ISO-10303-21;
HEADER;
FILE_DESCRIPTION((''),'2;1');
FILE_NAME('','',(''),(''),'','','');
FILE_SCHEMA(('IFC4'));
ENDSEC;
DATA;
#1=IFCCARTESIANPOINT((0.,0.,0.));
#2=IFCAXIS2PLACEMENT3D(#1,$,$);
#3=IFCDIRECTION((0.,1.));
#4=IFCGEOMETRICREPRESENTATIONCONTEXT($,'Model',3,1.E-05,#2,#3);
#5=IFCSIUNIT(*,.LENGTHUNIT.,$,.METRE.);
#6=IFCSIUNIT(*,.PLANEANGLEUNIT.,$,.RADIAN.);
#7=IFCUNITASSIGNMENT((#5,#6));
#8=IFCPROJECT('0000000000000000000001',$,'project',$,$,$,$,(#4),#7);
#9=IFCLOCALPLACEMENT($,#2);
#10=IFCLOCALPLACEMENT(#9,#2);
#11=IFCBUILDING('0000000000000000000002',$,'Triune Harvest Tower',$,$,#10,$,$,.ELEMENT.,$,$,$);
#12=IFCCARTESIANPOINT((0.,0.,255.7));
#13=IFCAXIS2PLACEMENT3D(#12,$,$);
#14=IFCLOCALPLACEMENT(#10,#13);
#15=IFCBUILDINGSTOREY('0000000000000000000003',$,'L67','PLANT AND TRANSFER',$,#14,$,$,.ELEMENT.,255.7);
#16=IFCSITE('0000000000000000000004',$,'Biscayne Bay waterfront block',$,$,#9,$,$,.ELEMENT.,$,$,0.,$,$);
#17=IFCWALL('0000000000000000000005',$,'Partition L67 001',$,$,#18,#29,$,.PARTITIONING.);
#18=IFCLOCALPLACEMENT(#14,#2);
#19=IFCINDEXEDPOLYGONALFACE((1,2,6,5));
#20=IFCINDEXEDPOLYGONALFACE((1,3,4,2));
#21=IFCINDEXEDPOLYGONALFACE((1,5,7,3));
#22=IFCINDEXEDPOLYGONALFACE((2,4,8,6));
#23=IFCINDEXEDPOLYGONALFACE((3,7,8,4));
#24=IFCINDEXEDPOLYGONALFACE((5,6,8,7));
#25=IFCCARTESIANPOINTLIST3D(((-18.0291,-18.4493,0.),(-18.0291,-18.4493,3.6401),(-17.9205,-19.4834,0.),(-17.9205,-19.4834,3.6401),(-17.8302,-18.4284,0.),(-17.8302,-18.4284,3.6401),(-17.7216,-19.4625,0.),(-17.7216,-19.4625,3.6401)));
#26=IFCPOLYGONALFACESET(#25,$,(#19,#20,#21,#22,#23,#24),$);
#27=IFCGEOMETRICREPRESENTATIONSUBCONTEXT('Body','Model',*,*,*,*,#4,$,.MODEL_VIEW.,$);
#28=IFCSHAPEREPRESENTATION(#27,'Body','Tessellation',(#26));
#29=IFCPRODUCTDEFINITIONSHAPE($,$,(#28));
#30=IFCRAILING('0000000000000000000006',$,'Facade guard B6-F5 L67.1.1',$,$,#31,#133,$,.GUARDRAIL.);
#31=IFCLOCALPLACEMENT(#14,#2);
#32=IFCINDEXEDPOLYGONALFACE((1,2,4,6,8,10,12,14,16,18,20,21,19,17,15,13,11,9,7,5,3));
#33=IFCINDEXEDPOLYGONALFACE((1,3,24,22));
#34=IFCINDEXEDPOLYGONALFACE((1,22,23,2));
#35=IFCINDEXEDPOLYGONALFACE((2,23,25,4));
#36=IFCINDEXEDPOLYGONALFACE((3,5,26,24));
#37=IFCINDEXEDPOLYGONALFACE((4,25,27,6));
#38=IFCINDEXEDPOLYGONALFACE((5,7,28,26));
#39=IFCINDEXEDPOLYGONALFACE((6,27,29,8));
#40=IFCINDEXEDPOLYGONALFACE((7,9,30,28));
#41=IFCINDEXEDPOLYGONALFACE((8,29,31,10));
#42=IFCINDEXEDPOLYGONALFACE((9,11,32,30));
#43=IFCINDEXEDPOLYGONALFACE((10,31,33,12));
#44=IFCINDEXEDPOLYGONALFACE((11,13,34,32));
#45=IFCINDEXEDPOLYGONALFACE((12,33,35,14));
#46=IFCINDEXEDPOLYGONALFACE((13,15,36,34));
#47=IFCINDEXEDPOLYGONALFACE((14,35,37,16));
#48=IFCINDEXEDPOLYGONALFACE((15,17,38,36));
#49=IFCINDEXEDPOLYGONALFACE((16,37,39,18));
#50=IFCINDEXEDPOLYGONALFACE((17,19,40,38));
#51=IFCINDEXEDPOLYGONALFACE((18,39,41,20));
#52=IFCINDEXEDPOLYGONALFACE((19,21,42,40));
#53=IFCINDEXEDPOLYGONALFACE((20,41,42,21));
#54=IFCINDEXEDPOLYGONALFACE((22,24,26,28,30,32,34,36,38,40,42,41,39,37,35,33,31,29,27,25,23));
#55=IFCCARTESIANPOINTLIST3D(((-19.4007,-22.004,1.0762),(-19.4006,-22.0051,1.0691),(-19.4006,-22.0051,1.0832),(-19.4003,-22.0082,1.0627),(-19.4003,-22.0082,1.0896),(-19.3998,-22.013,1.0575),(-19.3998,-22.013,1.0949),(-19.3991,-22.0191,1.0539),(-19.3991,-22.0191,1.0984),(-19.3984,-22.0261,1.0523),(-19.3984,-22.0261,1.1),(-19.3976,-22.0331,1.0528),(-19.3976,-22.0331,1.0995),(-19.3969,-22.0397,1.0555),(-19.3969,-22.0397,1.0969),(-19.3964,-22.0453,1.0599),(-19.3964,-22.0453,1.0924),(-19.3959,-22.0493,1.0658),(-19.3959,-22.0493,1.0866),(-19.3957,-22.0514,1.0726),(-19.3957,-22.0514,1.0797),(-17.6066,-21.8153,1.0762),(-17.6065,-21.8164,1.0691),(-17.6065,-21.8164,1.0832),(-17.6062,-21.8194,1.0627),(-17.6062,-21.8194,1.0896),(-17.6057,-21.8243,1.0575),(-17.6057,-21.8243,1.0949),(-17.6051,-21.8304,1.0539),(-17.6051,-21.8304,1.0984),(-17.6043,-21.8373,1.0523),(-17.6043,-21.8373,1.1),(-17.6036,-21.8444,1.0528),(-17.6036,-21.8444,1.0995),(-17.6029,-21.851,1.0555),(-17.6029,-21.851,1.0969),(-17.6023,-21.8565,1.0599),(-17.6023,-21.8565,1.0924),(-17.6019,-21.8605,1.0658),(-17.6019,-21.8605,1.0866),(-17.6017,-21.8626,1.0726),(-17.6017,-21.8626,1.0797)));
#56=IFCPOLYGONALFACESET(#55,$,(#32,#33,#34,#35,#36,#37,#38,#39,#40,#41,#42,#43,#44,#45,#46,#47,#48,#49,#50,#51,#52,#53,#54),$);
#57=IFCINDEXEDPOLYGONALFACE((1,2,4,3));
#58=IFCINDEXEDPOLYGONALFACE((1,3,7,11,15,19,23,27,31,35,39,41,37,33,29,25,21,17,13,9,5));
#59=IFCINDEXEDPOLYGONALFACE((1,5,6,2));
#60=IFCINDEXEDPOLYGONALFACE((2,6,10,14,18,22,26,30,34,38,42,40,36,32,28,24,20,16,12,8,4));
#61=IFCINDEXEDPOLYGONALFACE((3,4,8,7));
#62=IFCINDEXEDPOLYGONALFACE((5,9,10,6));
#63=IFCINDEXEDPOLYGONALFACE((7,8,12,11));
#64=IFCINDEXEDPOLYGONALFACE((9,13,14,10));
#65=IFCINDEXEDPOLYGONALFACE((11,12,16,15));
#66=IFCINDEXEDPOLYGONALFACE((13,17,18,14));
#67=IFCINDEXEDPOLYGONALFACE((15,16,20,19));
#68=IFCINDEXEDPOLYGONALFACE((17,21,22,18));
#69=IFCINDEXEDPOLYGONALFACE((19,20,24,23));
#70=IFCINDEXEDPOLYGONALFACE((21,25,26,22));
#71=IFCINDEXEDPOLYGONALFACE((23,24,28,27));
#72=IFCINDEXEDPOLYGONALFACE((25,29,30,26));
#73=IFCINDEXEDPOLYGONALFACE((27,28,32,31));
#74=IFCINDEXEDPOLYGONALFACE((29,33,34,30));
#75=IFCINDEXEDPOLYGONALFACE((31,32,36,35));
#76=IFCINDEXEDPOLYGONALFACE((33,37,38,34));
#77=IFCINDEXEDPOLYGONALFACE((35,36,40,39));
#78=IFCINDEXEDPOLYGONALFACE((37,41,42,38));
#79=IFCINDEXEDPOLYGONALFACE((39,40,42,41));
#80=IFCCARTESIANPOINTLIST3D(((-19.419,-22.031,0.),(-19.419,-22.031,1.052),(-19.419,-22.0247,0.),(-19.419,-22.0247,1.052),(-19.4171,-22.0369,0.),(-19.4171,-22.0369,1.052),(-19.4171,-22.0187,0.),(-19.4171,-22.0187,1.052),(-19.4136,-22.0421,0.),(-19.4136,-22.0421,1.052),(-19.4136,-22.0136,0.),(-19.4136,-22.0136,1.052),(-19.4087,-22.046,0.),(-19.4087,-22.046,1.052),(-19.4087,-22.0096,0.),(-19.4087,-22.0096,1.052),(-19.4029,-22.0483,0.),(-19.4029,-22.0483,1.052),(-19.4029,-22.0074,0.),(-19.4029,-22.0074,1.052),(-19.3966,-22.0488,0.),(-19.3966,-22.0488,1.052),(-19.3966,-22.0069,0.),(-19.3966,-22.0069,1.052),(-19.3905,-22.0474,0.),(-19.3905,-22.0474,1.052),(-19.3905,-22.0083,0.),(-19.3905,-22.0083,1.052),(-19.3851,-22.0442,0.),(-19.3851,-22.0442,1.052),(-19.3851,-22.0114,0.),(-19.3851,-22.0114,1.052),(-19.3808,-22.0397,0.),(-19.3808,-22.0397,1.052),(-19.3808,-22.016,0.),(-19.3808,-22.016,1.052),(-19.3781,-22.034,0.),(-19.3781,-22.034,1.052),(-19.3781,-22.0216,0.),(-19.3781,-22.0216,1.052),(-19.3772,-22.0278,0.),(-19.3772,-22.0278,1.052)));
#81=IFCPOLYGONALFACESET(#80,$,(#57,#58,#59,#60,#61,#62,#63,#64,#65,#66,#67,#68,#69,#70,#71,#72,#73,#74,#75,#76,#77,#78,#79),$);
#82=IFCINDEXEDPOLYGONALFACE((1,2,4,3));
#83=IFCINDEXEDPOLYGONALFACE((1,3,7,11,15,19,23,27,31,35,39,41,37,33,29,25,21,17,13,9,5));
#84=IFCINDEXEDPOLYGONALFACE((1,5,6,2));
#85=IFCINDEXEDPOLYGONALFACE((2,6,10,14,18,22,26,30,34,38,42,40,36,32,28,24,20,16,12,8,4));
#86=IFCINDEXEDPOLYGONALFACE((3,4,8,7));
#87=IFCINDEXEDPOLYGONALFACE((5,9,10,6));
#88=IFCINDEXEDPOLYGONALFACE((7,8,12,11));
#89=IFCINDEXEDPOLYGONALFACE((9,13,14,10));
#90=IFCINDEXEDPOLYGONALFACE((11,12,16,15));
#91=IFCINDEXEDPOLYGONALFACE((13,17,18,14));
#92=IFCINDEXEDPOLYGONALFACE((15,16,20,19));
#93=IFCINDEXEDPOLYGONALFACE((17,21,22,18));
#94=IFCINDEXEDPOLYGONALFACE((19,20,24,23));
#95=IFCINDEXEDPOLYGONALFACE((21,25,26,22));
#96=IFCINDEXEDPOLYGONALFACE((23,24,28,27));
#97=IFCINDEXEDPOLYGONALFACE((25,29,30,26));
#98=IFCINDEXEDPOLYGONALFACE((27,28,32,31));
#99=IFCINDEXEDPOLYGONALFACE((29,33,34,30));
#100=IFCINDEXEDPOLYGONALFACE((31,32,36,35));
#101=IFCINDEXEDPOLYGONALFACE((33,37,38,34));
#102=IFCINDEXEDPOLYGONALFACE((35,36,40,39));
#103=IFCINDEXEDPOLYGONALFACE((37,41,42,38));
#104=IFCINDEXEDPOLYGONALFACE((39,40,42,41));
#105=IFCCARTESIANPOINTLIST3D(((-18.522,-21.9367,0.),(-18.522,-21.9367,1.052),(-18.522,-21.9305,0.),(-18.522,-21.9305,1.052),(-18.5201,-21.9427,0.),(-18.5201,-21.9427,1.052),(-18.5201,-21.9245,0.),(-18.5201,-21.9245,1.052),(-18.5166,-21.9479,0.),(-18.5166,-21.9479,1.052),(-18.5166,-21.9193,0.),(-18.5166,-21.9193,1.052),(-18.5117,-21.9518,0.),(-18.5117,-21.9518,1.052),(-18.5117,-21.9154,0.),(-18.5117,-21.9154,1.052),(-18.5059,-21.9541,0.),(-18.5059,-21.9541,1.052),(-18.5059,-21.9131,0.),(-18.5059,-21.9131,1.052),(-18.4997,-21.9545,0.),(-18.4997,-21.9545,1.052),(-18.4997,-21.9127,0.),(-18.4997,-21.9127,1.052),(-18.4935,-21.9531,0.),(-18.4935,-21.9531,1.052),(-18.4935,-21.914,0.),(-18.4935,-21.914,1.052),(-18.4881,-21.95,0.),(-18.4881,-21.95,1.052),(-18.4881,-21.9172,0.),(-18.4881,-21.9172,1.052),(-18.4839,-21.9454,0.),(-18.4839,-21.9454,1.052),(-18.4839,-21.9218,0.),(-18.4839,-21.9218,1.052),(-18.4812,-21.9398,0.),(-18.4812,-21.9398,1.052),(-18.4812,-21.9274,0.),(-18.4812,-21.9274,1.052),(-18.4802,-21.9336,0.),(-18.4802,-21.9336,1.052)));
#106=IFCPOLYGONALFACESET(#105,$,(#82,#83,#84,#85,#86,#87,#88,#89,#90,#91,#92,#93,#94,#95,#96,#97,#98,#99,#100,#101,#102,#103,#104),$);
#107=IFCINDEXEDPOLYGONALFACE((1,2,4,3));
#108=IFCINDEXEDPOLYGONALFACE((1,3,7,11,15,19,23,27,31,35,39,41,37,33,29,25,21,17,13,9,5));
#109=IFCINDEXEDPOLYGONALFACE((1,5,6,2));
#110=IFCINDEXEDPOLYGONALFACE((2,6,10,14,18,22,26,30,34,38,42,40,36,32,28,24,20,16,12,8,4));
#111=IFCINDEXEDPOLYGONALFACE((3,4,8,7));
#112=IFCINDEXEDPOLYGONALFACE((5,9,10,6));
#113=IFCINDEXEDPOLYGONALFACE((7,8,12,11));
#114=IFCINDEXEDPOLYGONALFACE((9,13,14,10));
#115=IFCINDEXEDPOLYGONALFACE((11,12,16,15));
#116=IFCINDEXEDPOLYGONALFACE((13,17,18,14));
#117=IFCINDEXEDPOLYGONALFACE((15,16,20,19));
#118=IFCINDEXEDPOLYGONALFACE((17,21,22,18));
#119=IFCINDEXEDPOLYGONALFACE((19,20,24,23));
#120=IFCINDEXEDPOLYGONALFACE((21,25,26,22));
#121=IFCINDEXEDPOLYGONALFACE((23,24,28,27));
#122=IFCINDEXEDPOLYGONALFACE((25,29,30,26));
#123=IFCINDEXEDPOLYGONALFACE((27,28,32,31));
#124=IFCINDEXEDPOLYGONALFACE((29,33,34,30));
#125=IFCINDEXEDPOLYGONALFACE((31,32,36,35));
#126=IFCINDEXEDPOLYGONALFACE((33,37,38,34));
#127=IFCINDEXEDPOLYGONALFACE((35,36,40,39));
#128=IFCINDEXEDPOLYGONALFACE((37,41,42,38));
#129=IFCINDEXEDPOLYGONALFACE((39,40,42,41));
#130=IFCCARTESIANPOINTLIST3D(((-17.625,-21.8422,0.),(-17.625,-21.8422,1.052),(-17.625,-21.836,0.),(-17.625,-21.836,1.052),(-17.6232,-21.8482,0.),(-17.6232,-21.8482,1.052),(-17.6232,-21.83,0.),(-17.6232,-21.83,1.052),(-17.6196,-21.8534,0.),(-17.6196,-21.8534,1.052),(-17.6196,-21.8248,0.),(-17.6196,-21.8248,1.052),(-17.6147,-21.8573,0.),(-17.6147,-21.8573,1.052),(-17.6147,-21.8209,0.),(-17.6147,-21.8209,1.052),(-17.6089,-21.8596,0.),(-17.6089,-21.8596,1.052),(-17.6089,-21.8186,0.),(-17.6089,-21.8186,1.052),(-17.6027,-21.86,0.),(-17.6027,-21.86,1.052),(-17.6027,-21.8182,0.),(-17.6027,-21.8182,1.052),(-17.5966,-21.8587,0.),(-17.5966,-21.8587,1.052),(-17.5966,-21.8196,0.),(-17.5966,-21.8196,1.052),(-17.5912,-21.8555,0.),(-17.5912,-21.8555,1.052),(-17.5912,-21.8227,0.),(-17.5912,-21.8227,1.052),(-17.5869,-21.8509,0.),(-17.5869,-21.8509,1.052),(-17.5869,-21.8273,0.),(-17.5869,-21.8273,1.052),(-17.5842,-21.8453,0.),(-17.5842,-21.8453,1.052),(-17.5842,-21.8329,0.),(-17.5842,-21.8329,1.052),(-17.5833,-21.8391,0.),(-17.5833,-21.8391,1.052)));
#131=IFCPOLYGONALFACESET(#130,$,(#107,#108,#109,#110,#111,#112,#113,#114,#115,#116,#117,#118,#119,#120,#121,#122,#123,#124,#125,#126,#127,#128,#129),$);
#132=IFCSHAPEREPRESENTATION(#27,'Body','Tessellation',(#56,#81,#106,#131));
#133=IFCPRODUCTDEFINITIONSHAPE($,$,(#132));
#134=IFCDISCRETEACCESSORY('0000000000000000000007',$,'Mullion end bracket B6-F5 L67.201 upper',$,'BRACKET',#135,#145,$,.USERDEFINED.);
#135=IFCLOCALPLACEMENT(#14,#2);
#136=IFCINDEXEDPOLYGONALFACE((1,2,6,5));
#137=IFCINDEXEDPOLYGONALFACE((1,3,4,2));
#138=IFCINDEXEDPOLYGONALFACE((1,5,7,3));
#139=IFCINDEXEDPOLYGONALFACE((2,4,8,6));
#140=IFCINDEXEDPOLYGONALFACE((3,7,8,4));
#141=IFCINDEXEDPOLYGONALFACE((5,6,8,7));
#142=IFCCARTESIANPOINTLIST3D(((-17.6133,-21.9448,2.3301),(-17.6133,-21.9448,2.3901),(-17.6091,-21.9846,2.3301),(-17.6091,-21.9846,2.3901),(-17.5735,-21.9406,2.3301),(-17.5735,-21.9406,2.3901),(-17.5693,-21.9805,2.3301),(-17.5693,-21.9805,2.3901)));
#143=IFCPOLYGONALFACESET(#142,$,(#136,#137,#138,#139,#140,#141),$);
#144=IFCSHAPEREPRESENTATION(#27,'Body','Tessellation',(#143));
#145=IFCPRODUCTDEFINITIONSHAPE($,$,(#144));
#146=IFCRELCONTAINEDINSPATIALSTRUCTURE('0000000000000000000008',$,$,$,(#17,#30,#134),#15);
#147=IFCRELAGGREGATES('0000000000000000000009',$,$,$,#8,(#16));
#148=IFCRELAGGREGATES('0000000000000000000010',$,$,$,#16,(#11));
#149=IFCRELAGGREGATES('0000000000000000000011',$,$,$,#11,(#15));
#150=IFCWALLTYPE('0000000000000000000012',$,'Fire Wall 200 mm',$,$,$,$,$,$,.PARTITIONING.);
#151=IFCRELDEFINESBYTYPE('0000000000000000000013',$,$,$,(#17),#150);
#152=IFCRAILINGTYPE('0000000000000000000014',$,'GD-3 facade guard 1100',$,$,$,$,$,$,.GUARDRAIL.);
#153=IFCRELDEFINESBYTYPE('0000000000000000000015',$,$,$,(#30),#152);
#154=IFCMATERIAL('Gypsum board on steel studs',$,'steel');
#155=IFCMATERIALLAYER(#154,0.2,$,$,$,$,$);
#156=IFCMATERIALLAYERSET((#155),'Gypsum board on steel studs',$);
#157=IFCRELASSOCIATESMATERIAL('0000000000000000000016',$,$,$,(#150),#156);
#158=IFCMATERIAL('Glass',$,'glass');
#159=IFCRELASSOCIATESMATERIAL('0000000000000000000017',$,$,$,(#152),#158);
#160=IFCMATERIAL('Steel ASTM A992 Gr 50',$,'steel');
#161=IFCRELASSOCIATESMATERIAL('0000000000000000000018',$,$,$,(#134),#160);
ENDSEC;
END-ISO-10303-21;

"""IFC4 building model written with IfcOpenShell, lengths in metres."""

from ifc_helpers import new_model, si_unit, direction, frame, frame_2d, origin, origin_2d, place, context, subcontext, project, spatial, rectangle, circle, extrude, source, transform, mapped, material, layer, layer_set, type_object, element, save


model = new_model("IFC4")

# Units and contexts
model_context = context("Model", 3, precision=1e-05, world=origin(), true_north=direction((0.0, 1.0)))
body_context = subcontext(model_context, "Body", "Model", "MODEL_VIEW")
ifc_project = project(units=[si_unit("LENGTHUNIT", "METRE"), si_unit("PLANEANGLEUNIT", "RADIAN")], contexts=[model_context])

# Site, building, storey
site_placement = place(None, origin())
site = spatial("IfcSite", under=ifc_project, at=site_placement, Name="Biscayne Bay waterfront block", CompositionType="ELEMENT", RefElevation=0.0)
building_placement = place(site_placement, origin())
building = spatial("IfcBuilding", under=site, at=building_placement, Name="Triune Harvest Tower", CompositionType="ELEMENT")
storey_placement = place(building_placement, frame((0.0, 0.0, 255.7)))
storey = spatial("IfcBuildingStorey", under=building, at=storey_placement, Name="L67", Description="PLANT AND TRANSFER", CompositionType="ELEMENT", Elevation=255.7)

# Shared definitions
ifc_material_1 = material(Name="Steel ASTM A992 Gr 50", Category="steel")

# Shared definitions
ifc_material_2 = material(Name="Gypsum board on steel studs", Category="steel")
ifc_layer_1 = layer(ifc_material_2, 0.2)
ifc_layer_set_1 = layer_set([ifc_layer_1], Name="Gypsum board on steel studs")
wall_type = type_object("IfcWallType", Name="Fire Wall 200 mm", PredefinedType="PARTITIONING", material=ifc_layer_set_1)

# Wall
shared_shape_1 = source(origin(), body_context, "Body", "SweptSolid", [
    extrude(rectangle(XDim=1.0398, YDim=0.2, at=frame_2d((0.52, 0.0))), origin(), (0.0, 0.0, 1.0), 3.6401),
])
wall_1_placement = place(storey_placement, frame((-17.9297, -18.4387, 0.0), z_axis=(0.0, 0.0, 1.0), x_axis=(0.104477, -0.994527, 0.0)))
element("IfcWall", 1, at=wall_1_placement, inside=storey, type_object=wall_type, Name="Partition L67 001", PredefinedType="PARTITIONING", context=body_context, shape_type="MappedRepresentation", body=[
    mapped(shared_shape_1, transform((0.0, 0.0, 0.0), scale=1.0)),
])

# Railing
ifc_material_3 = material(Name="Glass", Category="glass")
railing_type = type_object("IfcRailingType", Name="GD-3 facade guard 1100", PredefinedType="GUARDRAIL", material=ifc_material_3)
railing_placement = place(storey_placement, frame((-19.3982, -22.0278, 0.0)))
element("IfcRailing", 2, at=railing_placement, inside=storey, type_object=railing_type, Name="Facade guard B6-F5 L67.1.1", PredefinedType="GUARDRAIL", context=body_context, shape_type="SweptSolid", body=[
    extrude(circle(Radius=0.0239, at=origin_2d()), frame((0.0, 0.0, 1.0762), z_axis=(0.994512, 0.104621, 0.0), x_axis=(-0.104621, 0.994512, 0.0)), (0.0, 0.0, 1.0), 1.804),
    extrude(circle(Radius=0.021, at=origin_2d()), origin(), (0.0, 0.0, 1.0), 1.052),
    extrude(circle(Radius=0.021, at=origin_2d()), frame((0.897, 0.0942, 0.0)), (0.0, 0.0, 1.0), 1.052),
    extrude(circle(Radius=0.021, at=origin_2d()), frame((1.7939, 0.1887, 0.0)), (0.0, 0.0, 1.0), 1.052),
])

# Discrete accessory
shared_shape_2 = source(origin(), body_context, "Body", "SweptSolid", [
    extrude(rectangle(XDim=0.04, YDim=0.04, at=origin_2d()), origin(), (0.0, 0.0, 1.0), 0.0601),
])
discrete_accessory_placement = place(storey_placement, frame((-17.5913, -21.9626, 2.3301), z_axis=(0.0, 0.0, 1.0), x_axis=(0.994518, 0.104568, 0.0)))
element("IfcDiscreteAccessory", 3, at=discrete_accessory_placement, inside=storey, material=ifc_material_1, Name="Mullion end bracket B6-F5 L67.201 upper", ObjectType="BRACKET", PredefinedType="USERDEFINED", context=body_context, shape_type="MappedRepresentation", body=[
    mapped(shared_shape_2, transform((0.0, 0.0, 0.0), scale=1.0)),
])

save(model, "model.ifc")
